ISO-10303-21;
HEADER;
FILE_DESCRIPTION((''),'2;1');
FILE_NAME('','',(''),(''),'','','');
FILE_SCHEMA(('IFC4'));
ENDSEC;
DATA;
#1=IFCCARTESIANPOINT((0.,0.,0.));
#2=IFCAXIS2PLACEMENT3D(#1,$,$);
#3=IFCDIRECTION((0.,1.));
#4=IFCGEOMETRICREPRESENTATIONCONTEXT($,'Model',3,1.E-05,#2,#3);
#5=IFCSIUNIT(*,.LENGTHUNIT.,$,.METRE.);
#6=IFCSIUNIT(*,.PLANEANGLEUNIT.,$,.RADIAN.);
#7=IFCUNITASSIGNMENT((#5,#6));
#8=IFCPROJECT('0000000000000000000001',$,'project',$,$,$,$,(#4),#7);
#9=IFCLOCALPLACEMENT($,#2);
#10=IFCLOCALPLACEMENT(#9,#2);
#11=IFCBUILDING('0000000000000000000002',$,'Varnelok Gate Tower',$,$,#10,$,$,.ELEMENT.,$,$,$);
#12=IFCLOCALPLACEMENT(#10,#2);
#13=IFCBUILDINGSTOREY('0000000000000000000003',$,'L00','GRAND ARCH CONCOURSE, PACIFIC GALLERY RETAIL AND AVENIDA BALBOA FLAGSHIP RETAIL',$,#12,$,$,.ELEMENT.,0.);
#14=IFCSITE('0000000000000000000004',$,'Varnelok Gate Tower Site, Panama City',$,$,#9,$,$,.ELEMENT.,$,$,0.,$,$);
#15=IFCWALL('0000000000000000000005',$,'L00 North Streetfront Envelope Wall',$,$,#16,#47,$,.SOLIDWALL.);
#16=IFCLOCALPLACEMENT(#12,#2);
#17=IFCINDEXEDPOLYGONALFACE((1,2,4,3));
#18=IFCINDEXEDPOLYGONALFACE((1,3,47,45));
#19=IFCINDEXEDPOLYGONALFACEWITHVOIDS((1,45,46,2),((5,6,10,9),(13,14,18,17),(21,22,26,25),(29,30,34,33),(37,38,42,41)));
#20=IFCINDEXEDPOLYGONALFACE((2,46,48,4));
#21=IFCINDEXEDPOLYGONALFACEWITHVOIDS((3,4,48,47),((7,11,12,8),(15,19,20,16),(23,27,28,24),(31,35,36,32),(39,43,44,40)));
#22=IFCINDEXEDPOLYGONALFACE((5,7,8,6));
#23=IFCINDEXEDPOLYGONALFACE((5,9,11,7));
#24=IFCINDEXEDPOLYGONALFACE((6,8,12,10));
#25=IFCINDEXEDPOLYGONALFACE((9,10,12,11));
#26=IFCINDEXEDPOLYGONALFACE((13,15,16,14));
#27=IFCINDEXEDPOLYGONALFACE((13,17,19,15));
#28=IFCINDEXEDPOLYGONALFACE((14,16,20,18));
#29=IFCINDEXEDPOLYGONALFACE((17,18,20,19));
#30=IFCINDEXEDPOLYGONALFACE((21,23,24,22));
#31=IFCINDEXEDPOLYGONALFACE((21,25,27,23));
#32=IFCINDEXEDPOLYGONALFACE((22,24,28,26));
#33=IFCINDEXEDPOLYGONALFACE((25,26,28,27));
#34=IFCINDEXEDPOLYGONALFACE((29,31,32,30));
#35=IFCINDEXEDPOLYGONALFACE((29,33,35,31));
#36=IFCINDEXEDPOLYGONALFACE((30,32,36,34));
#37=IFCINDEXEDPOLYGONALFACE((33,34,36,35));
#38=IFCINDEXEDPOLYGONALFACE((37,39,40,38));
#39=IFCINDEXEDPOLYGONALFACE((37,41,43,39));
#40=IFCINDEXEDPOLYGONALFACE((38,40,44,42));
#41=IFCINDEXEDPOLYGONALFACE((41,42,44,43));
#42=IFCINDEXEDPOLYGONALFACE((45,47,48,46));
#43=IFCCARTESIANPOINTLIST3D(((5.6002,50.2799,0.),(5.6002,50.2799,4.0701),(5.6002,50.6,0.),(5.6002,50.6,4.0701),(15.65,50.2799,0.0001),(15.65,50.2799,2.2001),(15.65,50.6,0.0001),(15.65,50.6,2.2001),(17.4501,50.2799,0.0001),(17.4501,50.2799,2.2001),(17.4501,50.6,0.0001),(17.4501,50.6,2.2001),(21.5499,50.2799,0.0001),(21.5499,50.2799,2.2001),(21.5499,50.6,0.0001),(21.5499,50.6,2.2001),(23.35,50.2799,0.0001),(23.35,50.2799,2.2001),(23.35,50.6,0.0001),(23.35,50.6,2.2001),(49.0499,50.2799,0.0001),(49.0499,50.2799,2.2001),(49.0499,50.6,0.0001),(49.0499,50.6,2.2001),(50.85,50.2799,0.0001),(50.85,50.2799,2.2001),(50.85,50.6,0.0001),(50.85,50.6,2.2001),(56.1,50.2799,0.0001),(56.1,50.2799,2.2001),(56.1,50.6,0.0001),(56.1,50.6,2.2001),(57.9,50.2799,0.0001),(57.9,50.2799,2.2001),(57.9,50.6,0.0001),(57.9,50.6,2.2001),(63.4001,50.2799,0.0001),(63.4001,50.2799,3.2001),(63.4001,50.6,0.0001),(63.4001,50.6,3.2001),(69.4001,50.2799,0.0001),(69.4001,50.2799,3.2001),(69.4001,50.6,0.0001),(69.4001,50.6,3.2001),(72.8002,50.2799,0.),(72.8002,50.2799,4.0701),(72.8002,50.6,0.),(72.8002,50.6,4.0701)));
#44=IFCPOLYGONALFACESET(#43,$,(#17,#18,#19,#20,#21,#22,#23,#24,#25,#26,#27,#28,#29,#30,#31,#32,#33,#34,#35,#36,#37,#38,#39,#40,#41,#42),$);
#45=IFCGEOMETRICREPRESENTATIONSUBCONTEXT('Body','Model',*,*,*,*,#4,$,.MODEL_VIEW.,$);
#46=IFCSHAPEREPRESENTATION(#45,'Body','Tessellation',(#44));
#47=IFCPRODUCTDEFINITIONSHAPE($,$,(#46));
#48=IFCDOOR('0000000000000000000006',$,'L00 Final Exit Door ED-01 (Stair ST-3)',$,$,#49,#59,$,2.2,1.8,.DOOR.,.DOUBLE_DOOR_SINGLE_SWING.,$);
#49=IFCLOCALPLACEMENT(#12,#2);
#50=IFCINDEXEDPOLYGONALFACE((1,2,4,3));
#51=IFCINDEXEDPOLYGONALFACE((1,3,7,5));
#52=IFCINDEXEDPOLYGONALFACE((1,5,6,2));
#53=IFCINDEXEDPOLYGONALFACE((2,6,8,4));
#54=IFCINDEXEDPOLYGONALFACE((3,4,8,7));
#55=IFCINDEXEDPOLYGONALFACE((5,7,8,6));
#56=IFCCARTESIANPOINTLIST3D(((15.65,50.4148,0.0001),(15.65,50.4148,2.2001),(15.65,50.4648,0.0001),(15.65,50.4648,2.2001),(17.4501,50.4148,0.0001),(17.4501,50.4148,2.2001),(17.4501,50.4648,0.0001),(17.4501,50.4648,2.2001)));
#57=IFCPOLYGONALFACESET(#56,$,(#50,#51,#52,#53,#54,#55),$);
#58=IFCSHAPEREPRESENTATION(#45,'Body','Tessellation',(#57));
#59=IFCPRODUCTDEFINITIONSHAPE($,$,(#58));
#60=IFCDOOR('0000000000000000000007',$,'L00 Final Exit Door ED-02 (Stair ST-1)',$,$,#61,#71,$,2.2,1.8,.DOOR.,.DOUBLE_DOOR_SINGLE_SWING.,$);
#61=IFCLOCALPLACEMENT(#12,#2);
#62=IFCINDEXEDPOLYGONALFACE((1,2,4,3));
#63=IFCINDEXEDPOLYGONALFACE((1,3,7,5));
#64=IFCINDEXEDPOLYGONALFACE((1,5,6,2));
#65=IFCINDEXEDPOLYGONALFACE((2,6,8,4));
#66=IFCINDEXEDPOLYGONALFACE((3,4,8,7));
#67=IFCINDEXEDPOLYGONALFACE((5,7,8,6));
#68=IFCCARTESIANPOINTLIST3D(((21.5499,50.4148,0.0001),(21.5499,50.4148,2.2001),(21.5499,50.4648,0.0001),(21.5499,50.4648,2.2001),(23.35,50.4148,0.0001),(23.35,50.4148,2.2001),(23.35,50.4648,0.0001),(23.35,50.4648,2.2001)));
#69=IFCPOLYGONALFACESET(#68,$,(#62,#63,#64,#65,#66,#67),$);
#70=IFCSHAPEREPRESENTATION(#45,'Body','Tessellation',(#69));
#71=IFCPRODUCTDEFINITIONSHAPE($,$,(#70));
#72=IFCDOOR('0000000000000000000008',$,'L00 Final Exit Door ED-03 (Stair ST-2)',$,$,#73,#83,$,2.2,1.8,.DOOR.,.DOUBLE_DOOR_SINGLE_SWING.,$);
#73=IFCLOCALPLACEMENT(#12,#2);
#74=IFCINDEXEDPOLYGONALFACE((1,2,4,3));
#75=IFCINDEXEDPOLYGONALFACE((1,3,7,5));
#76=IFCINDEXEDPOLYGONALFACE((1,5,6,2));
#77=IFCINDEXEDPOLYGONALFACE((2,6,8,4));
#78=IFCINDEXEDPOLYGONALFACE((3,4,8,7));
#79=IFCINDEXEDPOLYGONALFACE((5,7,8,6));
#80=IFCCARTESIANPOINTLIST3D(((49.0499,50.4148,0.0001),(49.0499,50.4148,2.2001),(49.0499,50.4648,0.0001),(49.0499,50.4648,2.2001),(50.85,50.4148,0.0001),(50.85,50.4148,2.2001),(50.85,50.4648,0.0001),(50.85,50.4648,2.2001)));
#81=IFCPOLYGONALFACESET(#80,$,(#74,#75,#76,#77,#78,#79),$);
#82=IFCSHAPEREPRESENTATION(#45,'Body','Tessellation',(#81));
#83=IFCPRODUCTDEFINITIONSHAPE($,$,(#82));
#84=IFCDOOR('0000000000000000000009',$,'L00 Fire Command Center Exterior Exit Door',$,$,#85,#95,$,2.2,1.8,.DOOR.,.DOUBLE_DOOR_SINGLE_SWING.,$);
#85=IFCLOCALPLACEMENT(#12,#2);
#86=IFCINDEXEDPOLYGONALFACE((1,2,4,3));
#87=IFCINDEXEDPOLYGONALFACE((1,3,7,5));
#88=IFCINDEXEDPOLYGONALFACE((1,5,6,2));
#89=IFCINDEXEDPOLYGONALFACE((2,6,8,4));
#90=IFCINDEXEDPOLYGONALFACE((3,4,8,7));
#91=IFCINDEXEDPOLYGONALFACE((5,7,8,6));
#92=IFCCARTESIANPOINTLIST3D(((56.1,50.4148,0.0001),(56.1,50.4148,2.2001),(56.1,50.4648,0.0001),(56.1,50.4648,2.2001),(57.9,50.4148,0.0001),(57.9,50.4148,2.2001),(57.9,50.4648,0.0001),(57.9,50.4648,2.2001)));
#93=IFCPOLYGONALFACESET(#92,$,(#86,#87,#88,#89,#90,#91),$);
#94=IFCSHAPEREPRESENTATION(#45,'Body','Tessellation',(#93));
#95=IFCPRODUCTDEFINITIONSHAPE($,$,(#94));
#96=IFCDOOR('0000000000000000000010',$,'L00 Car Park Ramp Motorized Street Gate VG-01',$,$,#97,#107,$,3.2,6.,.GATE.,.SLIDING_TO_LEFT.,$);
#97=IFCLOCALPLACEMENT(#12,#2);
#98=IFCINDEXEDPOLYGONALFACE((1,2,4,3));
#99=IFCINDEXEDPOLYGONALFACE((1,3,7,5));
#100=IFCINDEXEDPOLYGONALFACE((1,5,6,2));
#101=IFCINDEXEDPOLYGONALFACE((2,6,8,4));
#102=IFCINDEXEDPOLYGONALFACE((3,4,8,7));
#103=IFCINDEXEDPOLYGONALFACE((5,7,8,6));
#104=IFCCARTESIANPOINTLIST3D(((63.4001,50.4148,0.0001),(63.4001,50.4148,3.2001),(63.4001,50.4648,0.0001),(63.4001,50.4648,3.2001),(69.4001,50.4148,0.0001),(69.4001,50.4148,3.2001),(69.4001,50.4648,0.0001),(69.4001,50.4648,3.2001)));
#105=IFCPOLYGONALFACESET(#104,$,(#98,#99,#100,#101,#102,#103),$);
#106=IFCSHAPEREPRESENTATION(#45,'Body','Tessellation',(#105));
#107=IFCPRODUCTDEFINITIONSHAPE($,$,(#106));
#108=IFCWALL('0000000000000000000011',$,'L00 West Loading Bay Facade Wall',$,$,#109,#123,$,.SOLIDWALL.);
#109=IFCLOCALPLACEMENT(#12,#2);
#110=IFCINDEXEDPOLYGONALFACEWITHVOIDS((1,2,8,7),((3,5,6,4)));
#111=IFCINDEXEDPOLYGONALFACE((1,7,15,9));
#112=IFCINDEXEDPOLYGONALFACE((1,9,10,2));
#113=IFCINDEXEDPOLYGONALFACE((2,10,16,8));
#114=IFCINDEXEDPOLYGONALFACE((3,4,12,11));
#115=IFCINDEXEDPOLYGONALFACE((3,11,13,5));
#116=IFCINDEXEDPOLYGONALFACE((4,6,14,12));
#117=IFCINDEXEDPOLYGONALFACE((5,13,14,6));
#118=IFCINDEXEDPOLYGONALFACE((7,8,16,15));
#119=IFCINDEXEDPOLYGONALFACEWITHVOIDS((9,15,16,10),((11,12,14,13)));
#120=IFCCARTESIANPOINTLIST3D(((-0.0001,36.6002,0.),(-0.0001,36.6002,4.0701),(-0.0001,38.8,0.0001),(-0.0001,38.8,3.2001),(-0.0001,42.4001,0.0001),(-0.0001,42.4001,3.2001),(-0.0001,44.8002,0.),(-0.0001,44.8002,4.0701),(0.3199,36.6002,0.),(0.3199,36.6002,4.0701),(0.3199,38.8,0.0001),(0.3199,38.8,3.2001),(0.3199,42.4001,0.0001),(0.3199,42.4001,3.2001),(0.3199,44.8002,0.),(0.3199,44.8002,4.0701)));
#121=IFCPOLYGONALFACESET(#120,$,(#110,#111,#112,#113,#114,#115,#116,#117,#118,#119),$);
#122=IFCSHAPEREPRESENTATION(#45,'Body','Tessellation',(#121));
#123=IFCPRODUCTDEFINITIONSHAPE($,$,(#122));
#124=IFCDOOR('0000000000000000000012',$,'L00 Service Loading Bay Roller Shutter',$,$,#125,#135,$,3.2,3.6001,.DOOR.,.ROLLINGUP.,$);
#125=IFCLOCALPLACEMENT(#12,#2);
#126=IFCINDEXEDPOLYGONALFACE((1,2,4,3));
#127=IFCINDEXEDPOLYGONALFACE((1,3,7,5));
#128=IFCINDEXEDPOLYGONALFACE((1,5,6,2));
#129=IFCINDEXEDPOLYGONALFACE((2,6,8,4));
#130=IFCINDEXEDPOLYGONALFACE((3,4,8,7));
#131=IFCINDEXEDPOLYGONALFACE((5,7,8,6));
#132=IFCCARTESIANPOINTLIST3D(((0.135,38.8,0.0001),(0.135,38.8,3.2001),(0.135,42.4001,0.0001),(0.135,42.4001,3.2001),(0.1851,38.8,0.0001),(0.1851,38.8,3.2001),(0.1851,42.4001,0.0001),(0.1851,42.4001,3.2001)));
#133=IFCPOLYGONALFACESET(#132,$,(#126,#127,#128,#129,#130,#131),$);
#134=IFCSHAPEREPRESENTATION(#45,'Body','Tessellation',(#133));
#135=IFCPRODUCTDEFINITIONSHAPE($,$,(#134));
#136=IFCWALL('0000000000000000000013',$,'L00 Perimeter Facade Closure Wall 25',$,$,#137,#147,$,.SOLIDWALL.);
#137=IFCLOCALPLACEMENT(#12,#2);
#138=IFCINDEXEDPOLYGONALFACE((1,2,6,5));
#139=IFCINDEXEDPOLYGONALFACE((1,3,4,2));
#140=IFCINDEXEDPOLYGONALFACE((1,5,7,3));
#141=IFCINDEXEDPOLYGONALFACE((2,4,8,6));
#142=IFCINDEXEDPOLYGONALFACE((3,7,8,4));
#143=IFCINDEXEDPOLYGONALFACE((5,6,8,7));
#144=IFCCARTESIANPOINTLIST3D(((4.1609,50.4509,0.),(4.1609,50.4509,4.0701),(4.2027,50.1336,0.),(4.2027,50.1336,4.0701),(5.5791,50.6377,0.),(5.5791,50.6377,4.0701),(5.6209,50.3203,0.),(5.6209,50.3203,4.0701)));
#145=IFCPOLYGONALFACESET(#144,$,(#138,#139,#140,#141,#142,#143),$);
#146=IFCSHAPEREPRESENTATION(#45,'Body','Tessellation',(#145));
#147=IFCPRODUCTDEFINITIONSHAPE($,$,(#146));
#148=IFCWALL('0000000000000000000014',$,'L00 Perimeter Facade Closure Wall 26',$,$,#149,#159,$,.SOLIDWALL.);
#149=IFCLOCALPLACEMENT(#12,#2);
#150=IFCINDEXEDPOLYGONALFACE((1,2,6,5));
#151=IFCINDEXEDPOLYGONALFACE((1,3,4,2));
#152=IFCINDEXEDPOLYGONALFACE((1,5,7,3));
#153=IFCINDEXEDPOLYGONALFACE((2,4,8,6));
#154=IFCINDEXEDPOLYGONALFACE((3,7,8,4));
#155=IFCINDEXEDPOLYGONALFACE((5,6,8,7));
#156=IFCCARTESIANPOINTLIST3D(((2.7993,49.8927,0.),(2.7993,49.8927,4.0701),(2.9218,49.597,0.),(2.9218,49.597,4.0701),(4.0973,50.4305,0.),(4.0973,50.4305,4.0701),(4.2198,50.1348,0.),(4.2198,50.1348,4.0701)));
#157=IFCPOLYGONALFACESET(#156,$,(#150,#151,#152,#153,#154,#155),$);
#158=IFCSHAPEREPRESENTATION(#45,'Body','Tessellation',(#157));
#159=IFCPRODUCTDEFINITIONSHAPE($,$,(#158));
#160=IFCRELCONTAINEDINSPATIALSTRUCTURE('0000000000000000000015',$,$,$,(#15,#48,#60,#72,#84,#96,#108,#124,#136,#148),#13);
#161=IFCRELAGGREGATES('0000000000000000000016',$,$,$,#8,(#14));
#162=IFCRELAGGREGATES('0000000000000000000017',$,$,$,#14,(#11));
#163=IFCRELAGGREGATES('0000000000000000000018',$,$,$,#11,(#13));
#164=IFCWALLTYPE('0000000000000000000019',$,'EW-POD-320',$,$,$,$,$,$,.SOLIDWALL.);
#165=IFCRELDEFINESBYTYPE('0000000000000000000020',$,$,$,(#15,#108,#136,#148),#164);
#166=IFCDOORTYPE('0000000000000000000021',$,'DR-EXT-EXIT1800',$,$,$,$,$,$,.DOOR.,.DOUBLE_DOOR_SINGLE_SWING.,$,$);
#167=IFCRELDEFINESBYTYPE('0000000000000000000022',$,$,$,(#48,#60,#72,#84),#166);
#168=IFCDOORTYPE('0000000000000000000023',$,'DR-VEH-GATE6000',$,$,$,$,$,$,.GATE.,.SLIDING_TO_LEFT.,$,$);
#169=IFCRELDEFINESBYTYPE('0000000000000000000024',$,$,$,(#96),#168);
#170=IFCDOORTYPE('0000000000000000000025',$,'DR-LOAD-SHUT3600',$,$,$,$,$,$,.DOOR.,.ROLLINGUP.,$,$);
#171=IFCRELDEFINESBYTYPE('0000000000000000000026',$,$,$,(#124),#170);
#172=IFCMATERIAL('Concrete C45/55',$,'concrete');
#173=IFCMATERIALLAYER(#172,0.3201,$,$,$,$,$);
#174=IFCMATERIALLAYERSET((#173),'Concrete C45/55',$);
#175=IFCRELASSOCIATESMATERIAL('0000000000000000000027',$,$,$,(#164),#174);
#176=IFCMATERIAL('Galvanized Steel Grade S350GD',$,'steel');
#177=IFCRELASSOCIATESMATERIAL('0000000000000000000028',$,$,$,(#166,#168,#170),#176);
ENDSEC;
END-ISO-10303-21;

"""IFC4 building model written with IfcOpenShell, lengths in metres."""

from ifc_helpers import new_model, si_unit, direction, frame, frame_2d, origin, place, context, subcontext, project, spatial, rectangle, extrude, material, layer, layer_set, type_object, element, fill, save


model = new_model("IFC4")

# Units and contexts
model_context = context("Model", 3, precision=1e-05, world=origin(), true_north=direction((0.0, 1.0)))
body_context = subcontext(model_context, "Body", "Model", "MODEL_VIEW")
ifc_project = project(units=[si_unit("LENGTHUNIT", "METRE"), si_unit("PLANEANGLEUNIT", "RADIAN")], contexts=[model_context])

# Site, building, storey
site_placement = place(None, origin())
site = spatial("IfcSite", under=ifc_project, at=site_placement, Name="Varnelok Gate Tower Site, Panama City", CompositionType="ELEMENT", RefElevation=0.0)
building_placement = place(site_placement, origin())
building = spatial("IfcBuilding", under=site, at=building_placement, Name="Varnelok Gate Tower", CompositionType="ELEMENT")
storey_placement = place(building_placement, origin())
storey = spatial("IfcBuildingStorey", under=building, at=storey_placement, Name="L00", Description="GRAND ARCH CONCOURSE, PACIFIC GALLERY RETAIL AND AVENIDA BALBOA FLAGSHIP RETAIL", CompositionType="ELEMENT", Elevation=0.0)

# Wall, openings, doors
ifc_material_1 = material(Name="Concrete C45/55", Category="concrete")
ifc_layer_1 = layer(ifc_material_1, 0.3201)
ifc_layer_set_1 = layer_set([ifc_layer_1], Name="Concrete C45/55")
wall_type_1 = type_object("IfcWallType", Name="EW-POD-320", PredefinedType="SOLIDWALL", material=ifc_layer_set_1)
wall_1_placement = place(storey_placement, frame((5.6001, 50.4399, 0.0), z_axis=(0.0, 0.0, 1.0), x_axis=(1.0, 0.0, 0.0)))
wall_1 = element("IfcWall", 1, at=wall_1_placement, inside=storey, type_object=wall_type_1, Name="L00 North Streetfront Envelope Wall", PredefinedType="SOLIDWALL", context=body_context, shape_type="SweptSolid", body=[
    extrude(rectangle(XDim=67.2, YDim=0.3201, at=frame_2d((33.6001, 0.0))), origin(), (0.0, 0.0, 1.0), 4.0701),
])
opening_1_placement = place(wall_1_placement, frame((10.05, 0.0, 0.0)))
opening_1 = element("IfcOpeningElement", 2, at=opening_1_placement, cuts=wall_1, PredefinedType="OPENING", context=body_context, shape_type="SweptSolid", body=[
    extrude(rectangle(XDim=1.8, YDim=2.2, at=frame_2d((0.8999, 1.1001))), frame((0.0, 0.1699, 0.0), z_axis=(0.0, -1.0, 0.0), x_axis=(1.0, 0.0, 0.0)), (0.0, 0.0, 1.0), 0.3401),
])
opening_2_placement = place(wall_1_placement, frame((15.95, 0.0, 0.0)))
opening_2 = element("IfcOpeningElement", 3, at=opening_2_placement, cuts=wall_1, PredefinedType="OPENING", context=body_context, shape_type="SweptSolid", body=[
    extrude(rectangle(XDim=1.8, YDim=2.2, at=frame_2d((0.8999, 1.1001))), frame((0.0, 0.1699, 0.0), z_axis=(0.0, -1.0, 0.0), x_axis=(1.0, 0.0, 0.0)), (0.0, 0.0, 1.0), 0.3401),
])
opening_3_placement = place(wall_1_placement, frame((43.45, 0.0, 0.0)))
opening_3 = element("IfcOpeningElement", 4, at=opening_3_placement, cuts=wall_1, PredefinedType="OPENING", context=body_context, shape_type="SweptSolid", body=[
    extrude(rectangle(XDim=1.8, YDim=2.2, at=frame_2d((0.8999, 1.1001))), frame((0.0, 0.1699, 0.0), z_axis=(0.0, -1.0, 0.0), x_axis=(1.0, 0.0, 0.0)), (0.0, 0.0, 1.0), 0.3401),
])
opening_4_placement = place(wall_1_placement, frame((50.5, 0.0, 0.0)))
opening_4 = element("IfcOpeningElement", 5, at=opening_4_placement, cuts=wall_1, PredefinedType="OPENING", context=body_context, shape_type="SweptSolid", body=[
    extrude(rectangle(XDim=1.8, YDim=2.2, at=frame_2d((0.8999, 1.1001))), frame((0.0, 0.1699, 0.0), z_axis=(0.0, -1.0, 0.0), x_axis=(1.0, 0.0, 0.0)), (0.0, 0.0, 1.0), 0.3401),
])
opening_5_placement = place(wall_1_placement, frame((57.8, 0.0, 0.0)))
opening_5 = element("IfcOpeningElement", 6, at=opening_5_placement, cuts=wall_1, PredefinedType="OPENING", context=body_context, shape_type="SweptSolid", body=[
    extrude(rectangle(XDim=6.0, YDim=3.2, at=frame_2d((3.0, 1.6001))), frame((0.0, 0.1699, 0.0), z_axis=(0.0, -1.0, 0.0), x_axis=(1.0, 0.0, 0.0)), (0.0, 0.0, 1.0), 0.3401),
])
ifc_material_2 = material(Name="Galvanized Steel Grade S350GD", Category="steel")
door_type_1 = type_object("IfcDoorType", Name="DR-EXT-EXIT1800", OperationType="DOUBLE_DOOR_SINGLE_SWING", PredefinedType="DOOR", material=ifc_material_2)
door_1_placement = place(opening_1_placement, origin())
door_1 = element("IfcDoor", 7, at=door_1_placement, inside=storey, type_object=door_type_1, Name="L00 Final Exit Door ED-01 (Stair ST-3)", OperationType="DOUBLE_DOOR_SINGLE_SWING", OverallHeight=2.2, OverallWidth=1.8, PredefinedType="DOOR", context=body_context, shape_type="SweptSolid", body=[
    extrude(rectangle(XDim=1.8, YDim=2.2, at=frame_2d((0.8999, 1.1001))), frame((0.0, 0.0249, 0.0), z_axis=(0.0, -1.0, 0.0), x_axis=(1.0, 0.0, 0.0)), (0.0, 0.0, 1.0), 0.05),
])
fill(opening_1, door_1)
door_2_placement = place(opening_2_placement, origin())
door_2 = element("IfcDoor", 8, at=door_2_placement, inside=storey, type_object=door_type_1, Name="L00 Final Exit Door ED-02 (Stair ST-1)", OperationType="DOUBLE_DOOR_SINGLE_SWING", OverallHeight=2.2, OverallWidth=1.8, PredefinedType="DOOR", context=body_context, shape_type="SweptSolid", body=[
    extrude(rectangle(XDim=1.8, YDim=2.2, at=frame_2d((0.8999, 1.1001))), frame((0.0, 0.0249, 0.0), z_axis=(0.0, -1.0, 0.0), x_axis=(1.0, 0.0, 0.0)), (0.0, 0.0, 1.0), 0.05),
])
fill(opening_2, door_2)
door_3_placement = place(opening_3_placement, origin())
door_3 = element("IfcDoor", 9, at=door_3_placement, inside=storey, type_object=door_type_1, Name="L00 Final Exit Door ED-03 (Stair ST-2)", OperationType="DOUBLE_DOOR_SINGLE_SWING", OverallHeight=2.2, OverallWidth=1.8, PredefinedType="DOOR", context=body_context, shape_type="SweptSolid", body=[
    extrude(rectangle(XDim=1.8, YDim=2.2, at=frame_2d((0.8999, 1.1001))), frame((0.0, 0.0249, 0.0), z_axis=(0.0, -1.0, 0.0), x_axis=(1.0, 0.0, 0.0)), (0.0, 0.0, 1.0), 0.05),
])
fill(opening_3, door_3)
door_4_placement = place(opening_4_placement, origin())
door_4 = element("IfcDoor", 10, at=door_4_placement, inside=storey, type_object=door_type_1, Name="L00 Fire Command Center Exterior Exit Door", OperationType="DOUBLE_DOOR_SINGLE_SWING", OverallHeight=2.2, OverallWidth=1.8, PredefinedType="DOOR", context=body_context, shape_type="SweptSolid", body=[
    extrude(rectangle(XDim=1.8, YDim=2.2, at=frame_2d((0.8999, 1.1001))), frame((0.0, 0.0249, 0.0), z_axis=(0.0, -1.0, 0.0), x_axis=(1.0, 0.0, 0.0)), (0.0, 0.0, 1.0), 0.05),
])
fill(opening_4, door_4)
door_type_2 = type_object("IfcDoorType", Name="DR-VEH-GATE6000", OperationType="SLIDING_TO_LEFT", PredefinedType="GATE", material=ifc_material_2)
door_5_placement = place(opening_5_placement, origin())
door_5 = element("IfcDoor", 11, at=door_5_placement, inside=storey, type_object=door_type_2, Name="L00 Car Park Ramp Motorized Street Gate VG-01", OperationType="SLIDING_TO_LEFT", OverallHeight=3.2, OverallWidth=6.0, PredefinedType="GATE", context=body_context, shape_type="SweptSolid", body=[
    extrude(rectangle(XDim=6.0, YDim=3.2, at=frame_2d((3.0, 1.6001))), frame((0.0, 0.0249, 0.0), z_axis=(0.0, -1.0, 0.0), x_axis=(1.0, 0.0, 0.0)), (0.0, 0.0, 1.0), 0.05),
])
fill(opening_5, door_5)

# Wall, opening, door
wall_2_placement = place(storey_placement, frame((0.1599, 36.6001, 0.0), z_axis=(0.0, 0.0, 1.0), x_axis=(0.0, 1.0, 0.0)))
wall_2 = element("IfcWall", 12, at=wall_2_placement, inside=storey, type_object=wall_type_1, Name="L00 West Loading Bay Facade Wall", PredefinedType="SOLIDWALL", context=body_context, shape_type="SweptSolid", body=[
    extrude(rectangle(XDim=8.2, YDim=0.3201, at=frame_2d((4.1001, 0.0))), origin(), (0.0, 0.0, 1.0), 4.0701),
])
opening_6_placement = place(wall_2_placement, frame((2.2, 0.0, 0.0)))
opening_6 = element("IfcOpeningElement", 13, at=opening_6_placement, cuts=wall_2, PredefinedType="OPENING", context=body_context, shape_type="SweptSolid", body=[
    extrude(rectangle(XDim=3.6001, YDim=3.2, at=frame_2d((1.8, 1.6001))), frame((0.0, 0.1699, 0.0), z_axis=(0.0, -1.0, 0.0), x_axis=(1.0, 0.0, 0.0)), (0.0, 0.0, 1.0), 0.3401),
])
door_type_3 = type_object("IfcDoorType", Name="DR-LOAD-SHUT3600", OperationType="ROLLINGUP", PredefinedType="DOOR", material=ifc_material_2)
door_6_placement = place(opening_6_placement, origin())
door_6 = element("IfcDoor", 14, at=door_6_placement, inside=storey, type_object=door_type_3, Name="L00 Service Loading Bay Roller Shutter", OperationType="ROLLINGUP", OverallHeight=3.2, OverallWidth=3.6001, PredefinedType="DOOR", context=body_context, shape_type="SweptSolid", body=[
    extrude(rectangle(XDim=3.6001, YDim=3.2, at=frame_2d((1.8, 1.6001))), frame((0.0, 0.0249, 0.0), z_axis=(0.0, -1.0, 0.0), x_axis=(1.0, 0.0, 0.0)), (0.0, 0.0, 1.0), 0.05),
])
fill(opening_6, door_6)

# Walls
wall_3_placement = place(storey_placement, frame((5.6001, 50.479, 0.0), z_axis=(0.0, 0.0, 1.0), x_axis=(-0.99144, -0.130565, 0.0)))
element("IfcWall", 15, at=wall_3_placement, inside=storey, type_object=wall_type_1, Name="L00 Perimeter Facade Closure Wall 25", PredefinedType="SOLIDWALL", context=body_context, shape_type="SweptSolid", body=[
    extrude(rectangle(XDim=1.4304, YDim=0.3201, at=frame_2d((0.7153, 0.0))), origin(), (0.0, 0.0, 1.0), 4.0701),
])
wall_4_placement = place(storey_placement, frame((4.1587, 50.2827, 0.0), z_axis=(0.0, 0.0, 1.0), x_axis=(-0.923841, -0.382776, 0.0)))
element("IfcWall", 16, at=wall_4_placement, inside=storey, type_object=wall_type_1, Name="L00 Perimeter Facade Closure Wall 26", PredefinedType="SOLIDWALL", context=body_context, shape_type="SweptSolid", body=[
    extrude(rectangle(XDim=1.405, YDim=0.3201, at=frame_2d((0.7026, 0.0))), origin(), (0.0, 0.0, 1.0), 4.0701),
])

save(model, "model.ifc")
